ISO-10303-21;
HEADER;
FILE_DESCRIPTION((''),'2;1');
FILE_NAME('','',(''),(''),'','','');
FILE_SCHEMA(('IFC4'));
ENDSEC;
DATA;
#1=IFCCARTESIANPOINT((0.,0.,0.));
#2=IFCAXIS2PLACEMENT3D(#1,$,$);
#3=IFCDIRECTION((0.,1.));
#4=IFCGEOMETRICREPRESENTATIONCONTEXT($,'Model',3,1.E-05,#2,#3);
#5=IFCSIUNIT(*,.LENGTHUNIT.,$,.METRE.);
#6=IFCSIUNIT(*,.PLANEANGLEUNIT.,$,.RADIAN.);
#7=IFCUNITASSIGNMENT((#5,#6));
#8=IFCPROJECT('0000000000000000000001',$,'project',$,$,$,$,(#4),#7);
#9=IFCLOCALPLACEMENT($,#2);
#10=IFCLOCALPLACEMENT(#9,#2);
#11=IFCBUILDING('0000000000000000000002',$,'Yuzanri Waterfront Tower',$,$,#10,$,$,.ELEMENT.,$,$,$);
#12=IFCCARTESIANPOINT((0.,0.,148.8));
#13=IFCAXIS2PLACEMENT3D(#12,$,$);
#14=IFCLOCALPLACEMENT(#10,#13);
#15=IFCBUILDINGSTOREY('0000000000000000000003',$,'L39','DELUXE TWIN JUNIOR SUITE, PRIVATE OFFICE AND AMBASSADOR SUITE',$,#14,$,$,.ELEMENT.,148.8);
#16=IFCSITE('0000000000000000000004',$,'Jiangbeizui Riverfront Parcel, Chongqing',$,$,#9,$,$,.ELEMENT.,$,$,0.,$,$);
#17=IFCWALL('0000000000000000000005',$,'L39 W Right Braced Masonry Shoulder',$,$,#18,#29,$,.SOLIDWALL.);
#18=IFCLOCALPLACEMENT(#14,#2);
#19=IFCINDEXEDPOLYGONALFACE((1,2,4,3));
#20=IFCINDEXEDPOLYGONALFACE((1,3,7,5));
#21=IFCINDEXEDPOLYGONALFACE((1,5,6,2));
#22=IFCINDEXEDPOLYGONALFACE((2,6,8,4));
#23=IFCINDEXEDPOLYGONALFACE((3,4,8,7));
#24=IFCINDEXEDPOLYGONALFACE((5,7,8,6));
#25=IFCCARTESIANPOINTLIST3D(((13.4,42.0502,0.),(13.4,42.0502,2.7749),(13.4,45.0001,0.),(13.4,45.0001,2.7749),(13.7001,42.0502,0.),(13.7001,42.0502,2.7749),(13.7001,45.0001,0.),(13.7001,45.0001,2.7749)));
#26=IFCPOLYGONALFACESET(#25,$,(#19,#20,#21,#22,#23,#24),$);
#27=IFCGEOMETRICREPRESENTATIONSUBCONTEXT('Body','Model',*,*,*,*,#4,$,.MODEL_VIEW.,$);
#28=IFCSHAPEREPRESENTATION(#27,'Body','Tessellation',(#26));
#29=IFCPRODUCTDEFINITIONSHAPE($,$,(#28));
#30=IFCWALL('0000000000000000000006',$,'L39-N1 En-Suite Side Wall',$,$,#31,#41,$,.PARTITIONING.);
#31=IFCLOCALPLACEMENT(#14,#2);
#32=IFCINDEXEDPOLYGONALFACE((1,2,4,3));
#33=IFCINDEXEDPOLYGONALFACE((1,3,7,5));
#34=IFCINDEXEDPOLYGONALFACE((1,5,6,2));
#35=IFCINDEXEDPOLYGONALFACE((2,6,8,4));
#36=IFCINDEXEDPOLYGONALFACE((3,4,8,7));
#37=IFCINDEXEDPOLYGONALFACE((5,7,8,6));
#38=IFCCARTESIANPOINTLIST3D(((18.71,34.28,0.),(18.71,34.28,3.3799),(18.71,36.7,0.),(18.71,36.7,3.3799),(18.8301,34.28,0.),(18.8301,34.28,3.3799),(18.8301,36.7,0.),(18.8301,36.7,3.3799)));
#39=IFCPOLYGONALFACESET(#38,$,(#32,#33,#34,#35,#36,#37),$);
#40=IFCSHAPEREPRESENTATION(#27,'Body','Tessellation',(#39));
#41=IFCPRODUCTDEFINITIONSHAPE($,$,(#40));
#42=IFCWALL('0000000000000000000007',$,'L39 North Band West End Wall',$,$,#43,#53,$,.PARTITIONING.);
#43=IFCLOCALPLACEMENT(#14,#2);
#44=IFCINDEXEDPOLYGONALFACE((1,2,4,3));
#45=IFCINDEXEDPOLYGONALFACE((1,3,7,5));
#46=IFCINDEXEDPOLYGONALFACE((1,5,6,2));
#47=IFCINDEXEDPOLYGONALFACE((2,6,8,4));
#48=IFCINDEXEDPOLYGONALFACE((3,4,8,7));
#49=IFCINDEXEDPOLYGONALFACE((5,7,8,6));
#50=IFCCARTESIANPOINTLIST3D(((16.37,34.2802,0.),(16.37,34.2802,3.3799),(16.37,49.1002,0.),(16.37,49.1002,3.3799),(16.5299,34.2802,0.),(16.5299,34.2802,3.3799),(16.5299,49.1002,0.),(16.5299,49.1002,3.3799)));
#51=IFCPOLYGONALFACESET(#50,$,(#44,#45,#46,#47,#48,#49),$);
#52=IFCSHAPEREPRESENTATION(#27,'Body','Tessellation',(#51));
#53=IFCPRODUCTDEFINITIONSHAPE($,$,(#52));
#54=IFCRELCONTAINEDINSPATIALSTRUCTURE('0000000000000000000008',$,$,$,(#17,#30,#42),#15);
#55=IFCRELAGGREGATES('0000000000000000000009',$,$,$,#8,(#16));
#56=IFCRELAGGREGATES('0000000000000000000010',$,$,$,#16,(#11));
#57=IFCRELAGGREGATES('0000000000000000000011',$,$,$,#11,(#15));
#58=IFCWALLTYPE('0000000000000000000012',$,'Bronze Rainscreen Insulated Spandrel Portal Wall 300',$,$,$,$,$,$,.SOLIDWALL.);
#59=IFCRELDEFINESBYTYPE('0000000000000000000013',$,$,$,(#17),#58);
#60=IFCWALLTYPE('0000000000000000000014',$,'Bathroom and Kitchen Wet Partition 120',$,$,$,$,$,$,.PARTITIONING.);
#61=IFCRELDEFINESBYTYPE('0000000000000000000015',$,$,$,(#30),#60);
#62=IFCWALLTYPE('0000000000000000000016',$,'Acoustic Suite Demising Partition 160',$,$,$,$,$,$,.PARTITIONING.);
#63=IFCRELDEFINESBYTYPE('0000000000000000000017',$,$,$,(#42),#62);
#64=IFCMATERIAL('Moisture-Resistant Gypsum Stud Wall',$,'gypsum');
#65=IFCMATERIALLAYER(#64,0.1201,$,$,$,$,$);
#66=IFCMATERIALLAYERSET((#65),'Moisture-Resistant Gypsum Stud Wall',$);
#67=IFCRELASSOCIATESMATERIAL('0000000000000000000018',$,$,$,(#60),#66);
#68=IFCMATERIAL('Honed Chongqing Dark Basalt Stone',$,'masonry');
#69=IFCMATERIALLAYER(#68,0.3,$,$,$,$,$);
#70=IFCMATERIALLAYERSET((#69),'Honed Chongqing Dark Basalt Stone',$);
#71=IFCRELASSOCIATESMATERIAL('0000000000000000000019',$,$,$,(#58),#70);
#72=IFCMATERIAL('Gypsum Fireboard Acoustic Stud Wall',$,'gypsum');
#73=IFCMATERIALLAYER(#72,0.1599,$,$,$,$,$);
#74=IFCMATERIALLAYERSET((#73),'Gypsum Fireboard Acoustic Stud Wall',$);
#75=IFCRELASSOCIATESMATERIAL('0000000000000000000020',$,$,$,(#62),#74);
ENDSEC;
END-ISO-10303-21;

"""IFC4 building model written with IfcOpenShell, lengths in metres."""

from ifc_helpers import new_model, si_unit, direction, frame, frame_2d, origin, place, context, subcontext, project, spatial, rectangle, extrude, source, transform, mapped, material, layer, layer_set, type_object, element, save


model = new_model("IFC4")

# Units and contexts
model_context = context("Model", 3, precision=1e-05, world=origin(), true_north=direction((0.0, 1.0)))
body_context = subcontext(model_context, "Body", "Model", "MODEL_VIEW")
ifc_project = project(units=[si_unit("LENGTHUNIT", "METRE"), si_unit("PLANEANGLEUNIT", "RADIAN")], contexts=[model_context])

# Site, building, storey
site_placement = place(None, origin())
site = spatial("IfcSite", under=ifc_project, at=site_placement, Name="Jiangbeizui Riverfront Parcel, Chongqing", CompositionType="ELEMENT", RefElevation=0.0)
building_placement = place(site_placement, origin())
building = spatial("IfcBuilding", under=site, at=building_placement, Name="Yuzanri Waterfront Tower", CompositionType="ELEMENT")
storey_placement = place(building_placement, frame((0.0, 0.0, 148.8)))
storey = spatial("IfcBuildingStorey", under=building, at=storey_placement, Name="L39", Description="DELUXE TWIN JUNIOR SUITE, PRIVATE OFFICE AND AMBASSADOR SUITE", CompositionType="ELEMENT", Elevation=148.8)

# Shared definitions
ifc_material_1 = material(Name="Moisture-Resistant Gypsum Stud Wall", Category="gypsum")
ifc_layer_1 = layer(ifc_material_1, 0.1201)
ifc_layer_set_1 = layer_set([ifc_layer_1], Name="Moisture-Resistant Gypsum Stud Wall")
wall_type_1 = type_object("IfcWallType", Name="Bathroom and Kitchen Wet Partition 120", PredefinedType="PARTITIONING", material=ifc_layer_set_1)

# Shared definitions
ifc_material_2 = material(Name="Honed Chongqing Dark Basalt Stone", Category="masonry")
ifc_layer_2 = layer(ifc_material_2, 0.3)
ifc_layer_set_2 = layer_set([ifc_layer_2], Name="Honed Chongqing Dark Basalt Stone")
wall_type_2 = type_object("IfcWallType", Name="Bronze Rainscreen Insulated Spandrel Portal Wall 300", PredefinedType="SOLIDWALL", material=ifc_layer_set_2)

# Walls
shared_shape_1 = source(origin(), body_context, "Body", "SweptSolid", [
    extrude(rectangle(XDim=2.95, YDim=0.3, at=frame_2d((1.4751, 0.0))), origin(), (0.0, 0.0, 1.0), 2.7749),
])
for number, where, z_axis, x_axis, name in (
    (1, (13.55, 42.05, 0.0), (0.0, 0.0, 1.0), (0.0, 1.0, 0.0), "L39 W Right Braced Masonry Shoulder"),
):
    element("IfcWall", number, at=place(storey_placement, frame(where, z_axis=z_axis, x_axis=x_axis)), inside=storey, type_object=wall_type_2, Name=name, PredefinedType="SOLIDWALL", context=body_context, shape_type="MappedRepresentation", body=[
        mapped(shared_shape_1, transform((0.0, 0.0, 0.0), scale=1.0)),
    ])
shared_shape_2 = source(origin(), body_context, "Body", "SweptSolid", [
    extrude(rectangle(XDim=2.4199, YDim=0.1201, at=frame_2d((1.21, 0.0))), origin(), (0.0, 0.0, 1.0), 3.3799),
])
wall_1_placement = place(storey_placement, frame((18.77, 34.28, 0.0), z_axis=(0.0, 0.0, 1.0), x_axis=(0.0, 1.0, 0.0)))
element("IfcWall", 2, at=wall_1_placement, inside=storey, type_object=wall_type_1, Name="L39-N1 En-Suite Side Wall", PredefinedType="PARTITIONING", context=body_context, shape_type="MappedRepresentation", body=[
    mapped(shared_shape_2, transform((0.0, 0.0, 0.0), scale=1.0)),
])
ifc_material_3 = material(Name="Gypsum Fireboard Acoustic Stud Wall", Category="gypsum")
ifc_layer_3 = layer(ifc_material_3, 0.1599)
ifc_layer_set_3 = layer_set([ifc_layer_3], Name="Gypsum Fireboard Acoustic Stud Wall")
wall_type_3 = type_object("IfcWallType", Name="Acoustic Suite Demising Partition 160", PredefinedType="PARTITIONING", material=ifc_layer_set_3)
shared_shape_3 = source(origin(), body_context, "Body", "SweptSolid", [
    extrude(rectangle(XDim=14.8201, YDim=0.1599, at=frame_2d((7.4102, 0.0))), origin(), (0.0, 0.0, 1.0), 3.3799),
])
wall_2_placement = place(storey_placement, frame((16.45, 34.28, 0.0), z_axis=(0.0, 0.0, 1.0), x_axis=(0.0, 1.0, 0.0)))
element("IfcWall", 3, at=wall_2_placement, inside=storey, type_object=wall_type_3, Name="L39 North Band West End Wall", PredefinedType="PARTITIONING", context=body_context, shape_type="MappedRepresentation", body=[
    mapped(shared_shape_3, transform((0.0, 0.0, 0.0), scale=1.0)),
])

save(model, "model.ifc")
